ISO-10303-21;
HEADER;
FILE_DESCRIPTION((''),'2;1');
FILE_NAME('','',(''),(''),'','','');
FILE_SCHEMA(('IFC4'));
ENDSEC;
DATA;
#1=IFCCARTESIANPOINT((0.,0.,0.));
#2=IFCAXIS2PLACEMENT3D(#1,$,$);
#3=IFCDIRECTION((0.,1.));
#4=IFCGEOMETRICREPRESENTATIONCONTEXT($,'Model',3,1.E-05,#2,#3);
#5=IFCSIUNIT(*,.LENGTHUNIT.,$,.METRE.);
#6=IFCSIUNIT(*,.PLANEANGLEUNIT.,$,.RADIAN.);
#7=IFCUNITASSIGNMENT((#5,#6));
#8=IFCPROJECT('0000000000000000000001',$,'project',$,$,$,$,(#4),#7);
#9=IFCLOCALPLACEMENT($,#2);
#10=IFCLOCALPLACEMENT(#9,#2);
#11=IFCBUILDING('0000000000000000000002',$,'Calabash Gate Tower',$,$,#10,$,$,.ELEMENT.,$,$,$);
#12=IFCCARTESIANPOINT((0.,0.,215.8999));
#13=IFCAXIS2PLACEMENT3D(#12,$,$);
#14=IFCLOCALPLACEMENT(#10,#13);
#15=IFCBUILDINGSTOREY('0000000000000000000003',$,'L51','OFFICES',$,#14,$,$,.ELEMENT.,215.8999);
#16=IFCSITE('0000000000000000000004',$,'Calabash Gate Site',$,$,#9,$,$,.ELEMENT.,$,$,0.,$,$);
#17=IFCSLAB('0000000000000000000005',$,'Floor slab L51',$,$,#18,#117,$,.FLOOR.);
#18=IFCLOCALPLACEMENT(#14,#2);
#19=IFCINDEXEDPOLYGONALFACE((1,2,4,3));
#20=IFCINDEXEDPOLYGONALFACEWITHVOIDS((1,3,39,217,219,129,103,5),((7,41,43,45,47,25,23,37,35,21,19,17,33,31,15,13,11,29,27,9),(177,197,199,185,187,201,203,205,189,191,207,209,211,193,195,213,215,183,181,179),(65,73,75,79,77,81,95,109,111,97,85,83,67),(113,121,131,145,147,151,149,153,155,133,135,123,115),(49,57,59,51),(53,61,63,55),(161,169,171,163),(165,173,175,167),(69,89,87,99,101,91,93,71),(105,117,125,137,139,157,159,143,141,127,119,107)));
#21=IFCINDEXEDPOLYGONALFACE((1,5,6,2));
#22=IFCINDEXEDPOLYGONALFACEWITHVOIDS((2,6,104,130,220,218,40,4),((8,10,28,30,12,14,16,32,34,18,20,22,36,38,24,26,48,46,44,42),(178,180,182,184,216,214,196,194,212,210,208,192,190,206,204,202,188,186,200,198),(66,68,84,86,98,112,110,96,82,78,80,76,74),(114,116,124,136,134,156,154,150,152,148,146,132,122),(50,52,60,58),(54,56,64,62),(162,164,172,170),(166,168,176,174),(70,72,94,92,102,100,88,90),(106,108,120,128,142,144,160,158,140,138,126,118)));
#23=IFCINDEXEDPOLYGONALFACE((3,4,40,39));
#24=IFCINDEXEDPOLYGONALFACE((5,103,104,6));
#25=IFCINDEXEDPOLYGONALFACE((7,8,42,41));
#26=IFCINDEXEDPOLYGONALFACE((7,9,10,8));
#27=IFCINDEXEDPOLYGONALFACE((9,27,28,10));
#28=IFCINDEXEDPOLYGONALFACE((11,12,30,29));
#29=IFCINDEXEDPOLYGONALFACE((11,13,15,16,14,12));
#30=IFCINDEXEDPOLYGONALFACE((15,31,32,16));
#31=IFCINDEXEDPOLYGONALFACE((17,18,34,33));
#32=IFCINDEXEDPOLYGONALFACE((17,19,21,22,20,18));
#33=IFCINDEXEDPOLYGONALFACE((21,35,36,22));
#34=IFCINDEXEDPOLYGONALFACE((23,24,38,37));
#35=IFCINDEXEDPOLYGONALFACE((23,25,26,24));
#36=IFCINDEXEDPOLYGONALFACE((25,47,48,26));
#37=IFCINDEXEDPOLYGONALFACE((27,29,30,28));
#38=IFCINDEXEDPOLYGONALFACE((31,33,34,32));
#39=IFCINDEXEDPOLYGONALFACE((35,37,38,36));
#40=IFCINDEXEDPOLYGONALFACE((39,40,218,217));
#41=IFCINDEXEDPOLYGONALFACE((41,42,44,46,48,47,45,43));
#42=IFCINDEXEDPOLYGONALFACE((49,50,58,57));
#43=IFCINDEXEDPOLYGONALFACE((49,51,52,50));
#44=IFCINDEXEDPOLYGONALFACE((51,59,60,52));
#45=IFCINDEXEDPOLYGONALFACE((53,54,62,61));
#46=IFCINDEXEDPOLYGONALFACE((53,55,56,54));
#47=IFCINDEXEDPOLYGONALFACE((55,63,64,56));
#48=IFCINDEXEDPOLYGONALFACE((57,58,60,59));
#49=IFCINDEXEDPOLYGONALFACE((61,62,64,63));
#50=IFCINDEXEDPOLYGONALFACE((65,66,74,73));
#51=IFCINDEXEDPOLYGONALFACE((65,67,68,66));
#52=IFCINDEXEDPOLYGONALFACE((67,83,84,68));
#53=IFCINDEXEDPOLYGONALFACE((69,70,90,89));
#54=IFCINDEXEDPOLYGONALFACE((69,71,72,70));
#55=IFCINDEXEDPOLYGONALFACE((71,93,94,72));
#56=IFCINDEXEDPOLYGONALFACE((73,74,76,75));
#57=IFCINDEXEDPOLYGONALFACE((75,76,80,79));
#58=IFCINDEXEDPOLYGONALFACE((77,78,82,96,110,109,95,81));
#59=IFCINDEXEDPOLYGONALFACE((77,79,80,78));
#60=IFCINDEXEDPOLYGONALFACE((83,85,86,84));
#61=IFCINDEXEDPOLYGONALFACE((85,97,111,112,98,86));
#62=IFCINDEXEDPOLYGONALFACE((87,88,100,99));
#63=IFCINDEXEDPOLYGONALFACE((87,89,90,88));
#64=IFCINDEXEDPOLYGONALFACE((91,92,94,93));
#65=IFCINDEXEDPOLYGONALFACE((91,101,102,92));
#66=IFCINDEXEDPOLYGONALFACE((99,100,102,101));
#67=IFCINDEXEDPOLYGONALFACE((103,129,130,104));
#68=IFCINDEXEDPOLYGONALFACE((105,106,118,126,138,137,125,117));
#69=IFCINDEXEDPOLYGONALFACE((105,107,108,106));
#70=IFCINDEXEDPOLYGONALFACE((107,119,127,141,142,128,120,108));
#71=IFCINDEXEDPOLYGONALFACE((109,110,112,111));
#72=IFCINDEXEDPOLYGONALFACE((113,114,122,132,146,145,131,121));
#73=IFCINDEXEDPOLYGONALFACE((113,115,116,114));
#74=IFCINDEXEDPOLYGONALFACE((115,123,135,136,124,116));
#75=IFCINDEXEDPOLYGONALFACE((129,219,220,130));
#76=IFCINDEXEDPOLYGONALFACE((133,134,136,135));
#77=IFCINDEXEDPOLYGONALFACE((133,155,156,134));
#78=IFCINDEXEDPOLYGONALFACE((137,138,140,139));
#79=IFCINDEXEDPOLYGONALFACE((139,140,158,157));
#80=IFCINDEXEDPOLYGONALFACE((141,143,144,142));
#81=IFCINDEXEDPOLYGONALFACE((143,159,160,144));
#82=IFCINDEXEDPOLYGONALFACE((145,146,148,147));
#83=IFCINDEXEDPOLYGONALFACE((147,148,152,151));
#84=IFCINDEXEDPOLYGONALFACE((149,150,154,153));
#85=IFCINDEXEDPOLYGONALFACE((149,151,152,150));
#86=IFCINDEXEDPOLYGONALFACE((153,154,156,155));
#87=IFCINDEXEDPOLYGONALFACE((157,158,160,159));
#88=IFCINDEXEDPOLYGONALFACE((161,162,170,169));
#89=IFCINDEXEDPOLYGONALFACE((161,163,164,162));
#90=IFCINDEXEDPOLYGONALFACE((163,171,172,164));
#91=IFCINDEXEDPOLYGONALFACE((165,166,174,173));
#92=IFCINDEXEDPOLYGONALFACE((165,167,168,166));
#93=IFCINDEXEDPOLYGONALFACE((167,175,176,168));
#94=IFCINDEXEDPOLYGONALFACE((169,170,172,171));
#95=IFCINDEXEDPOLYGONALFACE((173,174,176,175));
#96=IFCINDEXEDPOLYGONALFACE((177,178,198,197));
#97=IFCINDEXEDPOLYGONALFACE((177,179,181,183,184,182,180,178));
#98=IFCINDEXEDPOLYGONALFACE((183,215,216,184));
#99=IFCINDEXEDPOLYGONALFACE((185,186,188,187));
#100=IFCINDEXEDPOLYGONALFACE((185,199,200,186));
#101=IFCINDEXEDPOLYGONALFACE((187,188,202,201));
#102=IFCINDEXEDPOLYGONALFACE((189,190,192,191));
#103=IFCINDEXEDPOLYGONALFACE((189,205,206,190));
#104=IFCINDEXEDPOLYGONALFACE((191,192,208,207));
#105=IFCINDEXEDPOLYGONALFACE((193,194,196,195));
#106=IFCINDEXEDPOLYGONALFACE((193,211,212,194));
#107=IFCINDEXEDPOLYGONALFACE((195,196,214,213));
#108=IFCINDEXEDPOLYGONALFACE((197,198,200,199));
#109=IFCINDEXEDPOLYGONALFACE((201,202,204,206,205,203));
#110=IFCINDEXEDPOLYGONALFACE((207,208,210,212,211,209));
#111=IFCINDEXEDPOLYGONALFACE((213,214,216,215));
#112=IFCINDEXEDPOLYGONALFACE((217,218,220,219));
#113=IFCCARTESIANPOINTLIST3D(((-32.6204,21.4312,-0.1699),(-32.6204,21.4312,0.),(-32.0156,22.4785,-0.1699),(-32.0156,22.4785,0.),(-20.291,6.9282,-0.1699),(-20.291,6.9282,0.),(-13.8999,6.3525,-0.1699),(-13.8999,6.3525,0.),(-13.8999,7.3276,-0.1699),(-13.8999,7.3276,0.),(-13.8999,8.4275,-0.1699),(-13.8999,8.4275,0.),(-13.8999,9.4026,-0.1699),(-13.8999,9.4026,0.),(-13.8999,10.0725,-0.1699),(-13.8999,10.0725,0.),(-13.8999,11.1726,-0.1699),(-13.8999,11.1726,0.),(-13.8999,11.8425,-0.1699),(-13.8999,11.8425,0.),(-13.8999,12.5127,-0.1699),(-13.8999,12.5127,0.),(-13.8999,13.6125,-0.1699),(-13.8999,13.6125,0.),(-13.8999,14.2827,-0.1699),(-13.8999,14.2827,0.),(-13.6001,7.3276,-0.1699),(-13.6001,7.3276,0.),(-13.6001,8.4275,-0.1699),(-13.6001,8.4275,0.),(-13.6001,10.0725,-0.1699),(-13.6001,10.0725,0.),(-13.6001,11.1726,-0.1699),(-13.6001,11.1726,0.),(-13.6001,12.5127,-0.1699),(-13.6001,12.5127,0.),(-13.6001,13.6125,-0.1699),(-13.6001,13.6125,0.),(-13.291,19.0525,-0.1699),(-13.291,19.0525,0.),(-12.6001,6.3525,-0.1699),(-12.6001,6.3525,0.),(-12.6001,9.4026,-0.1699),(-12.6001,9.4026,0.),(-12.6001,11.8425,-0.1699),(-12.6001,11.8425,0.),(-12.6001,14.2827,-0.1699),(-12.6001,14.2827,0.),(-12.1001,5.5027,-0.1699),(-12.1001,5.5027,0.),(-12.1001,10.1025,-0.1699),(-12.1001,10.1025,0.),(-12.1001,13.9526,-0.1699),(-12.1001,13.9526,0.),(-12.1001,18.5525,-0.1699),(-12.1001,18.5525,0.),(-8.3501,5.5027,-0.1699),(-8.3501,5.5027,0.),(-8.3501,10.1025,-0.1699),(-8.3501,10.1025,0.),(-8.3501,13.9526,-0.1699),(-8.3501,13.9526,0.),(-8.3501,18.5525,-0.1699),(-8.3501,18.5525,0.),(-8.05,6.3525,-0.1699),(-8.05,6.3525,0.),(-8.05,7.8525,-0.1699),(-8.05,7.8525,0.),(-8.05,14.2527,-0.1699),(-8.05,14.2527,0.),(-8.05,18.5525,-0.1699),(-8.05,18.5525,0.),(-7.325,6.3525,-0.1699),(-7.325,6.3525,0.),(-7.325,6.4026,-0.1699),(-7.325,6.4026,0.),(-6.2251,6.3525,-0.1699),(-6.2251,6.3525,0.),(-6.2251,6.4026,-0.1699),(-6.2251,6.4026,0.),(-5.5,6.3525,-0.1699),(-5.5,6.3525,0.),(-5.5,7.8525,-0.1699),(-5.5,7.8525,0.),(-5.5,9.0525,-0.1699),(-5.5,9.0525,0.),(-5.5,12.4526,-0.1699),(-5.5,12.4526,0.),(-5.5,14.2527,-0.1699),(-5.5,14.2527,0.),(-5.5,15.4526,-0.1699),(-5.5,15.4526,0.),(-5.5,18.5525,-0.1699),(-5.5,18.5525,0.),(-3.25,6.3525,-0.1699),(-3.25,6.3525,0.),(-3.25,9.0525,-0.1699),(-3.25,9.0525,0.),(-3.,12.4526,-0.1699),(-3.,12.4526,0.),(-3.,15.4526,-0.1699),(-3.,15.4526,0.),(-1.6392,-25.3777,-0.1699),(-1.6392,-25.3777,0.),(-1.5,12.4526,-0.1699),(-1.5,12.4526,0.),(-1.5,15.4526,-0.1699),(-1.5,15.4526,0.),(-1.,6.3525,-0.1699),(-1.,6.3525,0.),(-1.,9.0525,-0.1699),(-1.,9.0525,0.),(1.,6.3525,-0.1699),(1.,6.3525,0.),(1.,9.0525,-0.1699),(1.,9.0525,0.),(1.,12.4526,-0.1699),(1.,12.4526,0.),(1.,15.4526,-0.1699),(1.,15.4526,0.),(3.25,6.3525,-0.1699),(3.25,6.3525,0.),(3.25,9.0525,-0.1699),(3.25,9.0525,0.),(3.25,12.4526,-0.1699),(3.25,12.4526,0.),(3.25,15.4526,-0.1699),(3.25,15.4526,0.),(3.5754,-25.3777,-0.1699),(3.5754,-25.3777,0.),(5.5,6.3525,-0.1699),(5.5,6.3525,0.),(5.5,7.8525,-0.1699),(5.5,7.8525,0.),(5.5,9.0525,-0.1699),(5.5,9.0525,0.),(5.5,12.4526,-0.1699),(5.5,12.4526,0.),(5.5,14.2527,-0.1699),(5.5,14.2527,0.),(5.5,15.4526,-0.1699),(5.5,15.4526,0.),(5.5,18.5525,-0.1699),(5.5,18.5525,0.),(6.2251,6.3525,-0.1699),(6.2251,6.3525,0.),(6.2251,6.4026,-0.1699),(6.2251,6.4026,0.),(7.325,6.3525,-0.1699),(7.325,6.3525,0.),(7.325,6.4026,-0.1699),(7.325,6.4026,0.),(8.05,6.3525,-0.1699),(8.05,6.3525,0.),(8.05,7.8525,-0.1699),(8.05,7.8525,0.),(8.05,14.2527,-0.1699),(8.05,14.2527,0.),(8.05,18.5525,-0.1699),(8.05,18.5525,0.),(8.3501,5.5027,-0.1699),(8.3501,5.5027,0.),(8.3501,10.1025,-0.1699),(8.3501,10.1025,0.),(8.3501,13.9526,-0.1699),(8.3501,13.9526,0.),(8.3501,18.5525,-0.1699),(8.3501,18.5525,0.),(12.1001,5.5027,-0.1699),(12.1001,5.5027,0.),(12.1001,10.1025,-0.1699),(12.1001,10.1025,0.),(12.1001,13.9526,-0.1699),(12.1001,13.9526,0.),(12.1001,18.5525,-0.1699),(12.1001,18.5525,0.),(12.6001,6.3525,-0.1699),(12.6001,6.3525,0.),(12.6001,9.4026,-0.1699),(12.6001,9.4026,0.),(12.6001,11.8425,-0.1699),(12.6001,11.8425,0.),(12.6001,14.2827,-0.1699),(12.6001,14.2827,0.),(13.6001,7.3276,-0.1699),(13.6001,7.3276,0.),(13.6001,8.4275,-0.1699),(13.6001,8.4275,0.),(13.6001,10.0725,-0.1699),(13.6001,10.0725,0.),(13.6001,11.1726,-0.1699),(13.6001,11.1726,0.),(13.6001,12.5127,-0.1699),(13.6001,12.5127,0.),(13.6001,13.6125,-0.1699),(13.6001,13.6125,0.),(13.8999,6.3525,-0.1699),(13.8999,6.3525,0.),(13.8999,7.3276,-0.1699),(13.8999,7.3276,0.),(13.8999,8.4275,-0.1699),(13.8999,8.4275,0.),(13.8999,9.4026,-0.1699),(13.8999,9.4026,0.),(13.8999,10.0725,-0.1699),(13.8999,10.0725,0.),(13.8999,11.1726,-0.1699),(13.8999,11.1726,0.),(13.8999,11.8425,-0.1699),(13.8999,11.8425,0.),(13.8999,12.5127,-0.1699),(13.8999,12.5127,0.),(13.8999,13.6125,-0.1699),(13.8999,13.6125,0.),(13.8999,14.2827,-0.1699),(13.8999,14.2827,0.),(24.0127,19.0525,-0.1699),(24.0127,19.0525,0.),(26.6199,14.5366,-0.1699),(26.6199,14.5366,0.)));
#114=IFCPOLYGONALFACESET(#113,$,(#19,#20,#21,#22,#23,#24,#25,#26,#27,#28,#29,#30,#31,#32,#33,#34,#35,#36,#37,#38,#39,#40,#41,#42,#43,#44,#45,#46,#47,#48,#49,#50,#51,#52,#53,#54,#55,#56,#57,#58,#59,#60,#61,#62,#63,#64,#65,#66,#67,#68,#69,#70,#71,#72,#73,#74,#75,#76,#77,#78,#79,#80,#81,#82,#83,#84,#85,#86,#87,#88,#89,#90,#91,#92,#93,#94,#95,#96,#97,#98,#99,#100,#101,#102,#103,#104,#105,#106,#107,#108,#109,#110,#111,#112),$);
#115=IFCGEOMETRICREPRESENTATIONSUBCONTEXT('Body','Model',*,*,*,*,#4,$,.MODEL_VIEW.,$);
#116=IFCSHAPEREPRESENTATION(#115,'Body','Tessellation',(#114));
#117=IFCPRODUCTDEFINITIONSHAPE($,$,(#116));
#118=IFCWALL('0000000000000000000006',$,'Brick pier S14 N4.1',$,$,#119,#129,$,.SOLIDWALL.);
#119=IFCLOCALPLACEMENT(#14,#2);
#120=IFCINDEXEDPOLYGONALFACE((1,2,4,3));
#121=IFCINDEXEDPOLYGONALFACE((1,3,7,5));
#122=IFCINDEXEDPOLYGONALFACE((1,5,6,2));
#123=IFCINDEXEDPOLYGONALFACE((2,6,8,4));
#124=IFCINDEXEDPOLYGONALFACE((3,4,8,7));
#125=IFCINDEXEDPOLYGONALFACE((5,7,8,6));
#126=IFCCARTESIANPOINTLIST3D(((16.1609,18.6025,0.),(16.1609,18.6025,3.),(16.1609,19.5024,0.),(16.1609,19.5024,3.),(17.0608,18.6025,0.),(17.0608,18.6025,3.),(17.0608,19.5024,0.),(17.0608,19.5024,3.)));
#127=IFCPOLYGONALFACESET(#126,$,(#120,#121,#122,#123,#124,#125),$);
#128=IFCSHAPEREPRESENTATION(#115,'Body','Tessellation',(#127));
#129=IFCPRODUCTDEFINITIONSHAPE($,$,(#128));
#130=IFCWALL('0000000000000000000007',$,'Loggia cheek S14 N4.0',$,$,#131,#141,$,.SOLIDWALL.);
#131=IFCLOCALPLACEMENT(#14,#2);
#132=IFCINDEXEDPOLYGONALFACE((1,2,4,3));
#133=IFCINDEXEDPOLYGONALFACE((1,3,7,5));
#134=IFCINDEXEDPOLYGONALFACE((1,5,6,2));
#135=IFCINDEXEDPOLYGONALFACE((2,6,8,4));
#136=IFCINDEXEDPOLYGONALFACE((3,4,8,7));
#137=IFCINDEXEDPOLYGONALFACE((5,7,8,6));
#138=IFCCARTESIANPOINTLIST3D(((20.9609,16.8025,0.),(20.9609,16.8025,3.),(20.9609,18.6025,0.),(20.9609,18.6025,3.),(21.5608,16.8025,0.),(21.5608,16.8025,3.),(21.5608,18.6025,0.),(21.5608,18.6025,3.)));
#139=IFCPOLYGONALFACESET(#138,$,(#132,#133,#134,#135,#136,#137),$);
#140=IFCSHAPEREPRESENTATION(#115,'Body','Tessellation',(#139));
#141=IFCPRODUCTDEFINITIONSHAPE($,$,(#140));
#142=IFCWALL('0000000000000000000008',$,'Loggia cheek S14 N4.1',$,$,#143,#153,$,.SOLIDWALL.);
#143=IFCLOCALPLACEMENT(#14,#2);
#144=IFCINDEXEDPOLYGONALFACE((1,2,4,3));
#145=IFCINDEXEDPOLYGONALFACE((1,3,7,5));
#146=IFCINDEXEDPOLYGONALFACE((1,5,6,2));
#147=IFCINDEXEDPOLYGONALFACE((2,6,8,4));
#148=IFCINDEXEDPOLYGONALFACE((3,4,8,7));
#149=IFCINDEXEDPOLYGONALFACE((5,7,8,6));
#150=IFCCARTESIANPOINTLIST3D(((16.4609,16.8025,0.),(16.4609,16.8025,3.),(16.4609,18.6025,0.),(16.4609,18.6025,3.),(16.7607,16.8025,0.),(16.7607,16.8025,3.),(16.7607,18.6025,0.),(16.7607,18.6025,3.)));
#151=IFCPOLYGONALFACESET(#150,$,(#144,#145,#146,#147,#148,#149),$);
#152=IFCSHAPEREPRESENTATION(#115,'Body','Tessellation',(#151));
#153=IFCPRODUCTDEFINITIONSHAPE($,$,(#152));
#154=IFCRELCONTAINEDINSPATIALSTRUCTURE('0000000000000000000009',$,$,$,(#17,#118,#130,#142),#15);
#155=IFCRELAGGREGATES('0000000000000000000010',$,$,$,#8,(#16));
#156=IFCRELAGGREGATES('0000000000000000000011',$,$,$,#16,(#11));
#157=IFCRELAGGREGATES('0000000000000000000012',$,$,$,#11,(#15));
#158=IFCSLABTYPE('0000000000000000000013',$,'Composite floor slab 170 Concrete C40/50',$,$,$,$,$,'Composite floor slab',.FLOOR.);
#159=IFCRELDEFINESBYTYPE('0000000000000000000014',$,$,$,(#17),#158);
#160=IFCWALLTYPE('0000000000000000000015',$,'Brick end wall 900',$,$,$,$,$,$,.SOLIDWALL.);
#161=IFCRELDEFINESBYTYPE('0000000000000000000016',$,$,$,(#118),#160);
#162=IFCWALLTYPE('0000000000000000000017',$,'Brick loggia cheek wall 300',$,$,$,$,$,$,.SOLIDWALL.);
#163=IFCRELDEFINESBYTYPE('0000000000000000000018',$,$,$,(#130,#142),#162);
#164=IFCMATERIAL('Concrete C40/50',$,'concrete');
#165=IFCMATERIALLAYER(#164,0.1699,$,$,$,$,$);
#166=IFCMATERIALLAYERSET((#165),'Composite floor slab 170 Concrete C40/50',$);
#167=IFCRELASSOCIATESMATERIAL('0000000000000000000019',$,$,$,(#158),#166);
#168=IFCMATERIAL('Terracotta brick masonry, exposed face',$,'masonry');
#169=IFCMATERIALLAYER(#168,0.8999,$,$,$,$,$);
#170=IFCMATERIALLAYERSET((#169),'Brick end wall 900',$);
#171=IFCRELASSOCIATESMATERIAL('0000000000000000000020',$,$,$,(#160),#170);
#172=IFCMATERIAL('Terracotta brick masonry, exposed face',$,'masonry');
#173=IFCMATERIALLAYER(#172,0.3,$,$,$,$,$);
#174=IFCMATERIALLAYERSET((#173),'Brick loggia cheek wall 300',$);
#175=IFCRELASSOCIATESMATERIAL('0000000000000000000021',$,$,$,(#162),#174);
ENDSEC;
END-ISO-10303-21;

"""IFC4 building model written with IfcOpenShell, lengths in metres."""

from ifc_helpers import new_model, si_unit, direction, frame, origin, place, context, subcontext, project, spatial, polyline, outline, extrude, material, layer, layer_set, type_object, element, save


model = new_model("IFC4")

# Units and contexts
model_context = context("Model", 3, precision=1e-05, world=origin(), true_north=direction((0.0, 1.0)))
body_context = subcontext(model_context, "Body", "Model", "MODEL_VIEW")
ifc_project = project(units=[si_unit("LENGTHUNIT", "METRE"), si_unit("PLANEANGLEUNIT", "RADIAN")], contexts=[model_context])

# Site, building, storey
site_placement = place(None, origin())
site = spatial("IfcSite", under=ifc_project, at=site_placement, Name="Calabash Gate Site", CompositionType="ELEMENT", RefElevation=0.0)
building_placement = place(site_placement, origin())
building = spatial("IfcBuilding", under=site, at=building_placement, Name="Calabash Gate Tower", CompositionType="ELEMENT")
storey_placement = place(building_placement, frame((0.0, 0.0, 215.8999)))
storey = spatial("IfcBuildingStorey", under=building, at=storey_placement, Name="L51", Description="OFFICES", CompositionType="ELEMENT", Elevation=215.8999)

# Slab
ifc_material_1 = material(Name="Concrete C40/50", Category="concrete")
ifc_layer_1 = layer(ifc_material_1, 0.1699)
ifc_layer_set_1 = layer_set([ifc_layer_1], Name="Composite floor slab 170 Concrete C40/50")
slab_type = type_object("IfcSlabType", Name="Composite floor slab 170 Concrete C40/50", ElementType="Composite floor slab", PredefinedType="FLOOR", material=ifc_layer_set_1)
slab_placement = place(storey_placement, frame((0.0, 0.0, -0.1699)))
element("IfcSlab", 1, at=slab_placement, inside=storey, type_object=slab_type, Name="Floor slab L51", PredefinedType="FLOOR", context=body_context, shape_type="SweptSolid", body=[
    extrude(outline(polyline([(3.5754, -25.3777), (-1.6392, -25.3777), (-20.291, 6.9282), (-32.6204, 21.4312), (-32.0156, 22.4785), (-13.291, 19.0525), (24.0127, 19.0525), (26.6199, 14.5366), (3.5754, -25.3777)]), holes=[polyline([(-7.325, 6.3525), (-7.325, 6.4026), (-6.2251, 6.4026), (-6.2251, 6.3525), (-5.5, 6.3525), (-3.25, 6.3525), (-1.0, 6.3525), (-1.0, 9.0525), (-3.25, 9.0525), (-5.5, 9.0525), (-5.5, 7.8525), (-8.05, 7.8525), (-8.05, 6.3525), (-7.325, 6.3525)]), polyline([(8.05, 6.3525), (8.05, 7.8525), (5.5, 7.8525), (5.5, 9.0525), (3.25, 9.0525), (1.0, 9.0525), (1.0, 6.3525), (3.25, 6.3525), (5.5, 6.3525), (6.2251, 6.3525), (6.2251, 6.4026), (7.325, 6.4026), (7.325, 6.3525), (8.05, 6.3525)]), polyline([(-8.05, 18.5525), (-8.05, 14.2527), (-5.5, 14.2527), (-5.5, 12.4526), (-3.0, 12.4526), (-3.0, 15.4526), (-5.5, 15.4526), (-5.5, 18.5525), (-8.05, 18.5525)]), polyline([(5.5, 14.2527), (8.05, 14.2527), (8.05, 18.5525), (5.5, 18.5525), (5.5, 15.4526), (3.25, 15.4526), (1.0, 15.4526), (-1.5, 15.4526), (-1.5, 12.4526), (1.0, 12.4526), (3.25, 12.4526), (5.5, 12.4526), (5.5, 14.2527)]), polyline([(-12.1001, 13.9526), (-8.3501, 13.9526), (-8.3501, 18.5525), (-12.1001, 18.5525), (-12.1001, 13.9526)]), polyline([(-8.3501, 5.5027), (-8.3501, 10.1025), (-12.1001, 10.1025), (-12.1001, 5.5027), (-8.3501, 5.5027)]), polyline([(12.1001, 18.5525), (8.3501, 18.5525), (8.3501, 13.9526), (12.1001, 13.9526), (12.1001, 18.5525)]), polyline([(8.3501, 10.1025), (8.3501, 5.5027), (12.1001, 5.5027), (12.1001, 10.1025), (8.3501, 10.1025)]), polyline([(-13.8999, 6.3525), (-12.6001, 6.3525), (-12.6001, 9.4026), (-12.6001, 11.8425), (-12.6001, 14.2827), (-13.8999, 14.2827), (-13.8999, 13.6125), (-13.6001, 13.6125), (-13.6001, 12.5127), (-13.8999, 12.5127), (-13.8999, 11.8425), (-13.8999, 11.1726), (-13.6001, 11.1726), (-13.6001, 10.0725), (-13.8999, 10.0725), (-13.8999, 9.4026), (-13.8999, 8.4275), (-13.6001, 8.4275), (-13.6001, 7.3276), (-13.8999, 7.3276), (-13.8999, 6.3525)]), polyline([(13.6001, 7.3276), (13.6001, 8.4275), (13.8999, 8.4275), (13.8999, 9.4026), (13.8999, 10.0725), (13.6001, 10.0725), (13.6001, 11.1726), (13.8999, 11.1726), (13.8999, 11.8425), (13.8999, 12.5127), (13.6001, 12.5127), (13.6001, 13.6125), (13.8999, 13.6125), (13.8999, 14.2827), (12.6001, 14.2827), (12.6001, 11.8425), (12.6001, 9.4026), (12.6001, 6.3525), (13.8999, 6.3525), (13.8999, 7.3276), (13.6001, 7.3276)])]), origin(), (0.0, 0.0, 1.0), 0.1699),
])

# Walls
ifc_material_2 = material(Name="Terracotta brick masonry, exposed face", Category="masonry")
ifc_layer_2 = layer(ifc_material_2, 0.8999)
ifc_layer_set_2 = layer_set([ifc_layer_2], Name="Brick end wall 900")
wall_type_1 = type_object("IfcWallType", Name="Brick end wall 900", PredefinedType="SOLIDWALL", material=ifc_layer_set_2)
wall_1_placement = place(storey_placement, origin())
element("IfcWall", 2, at=wall_1_placement, inside=storey, type_object=wall_type_1, Name="Brick pier S14 N4.1", PredefinedType="SOLIDWALL", context=body_context, shape_type="SweptSolid", body=[
    extrude(outline(polyline([(17.0608, 19.5024), (16.1609, 19.5024), (16.1609, 18.6025), (17.0608, 18.6025), (17.0608, 19.5024)])), origin(), (0.0, 0.0, 1.0), 3.0),
])
ifc_material_3 = material(Name="Terracotta brick masonry, exposed face", Category="masonry")
ifc_layer_3 = layer(ifc_material_3, 0.3)
ifc_layer_set_3 = layer_set([ifc_layer_3], Name="Brick loggia cheek wall 300")
wall_type_2 = type_object("IfcWallType", Name="Brick loggia cheek wall 300", PredefinedType="SOLIDWALL", material=ifc_layer_set_3)
wall_2_placement = place(storey_placement, origin())
element("IfcWall", 3, at=wall_2_placement, inside=storey, type_object=wall_type_2, Name="Loggia cheek S14 N4.0", PredefinedType="SOLIDWALL", context=body_context, shape_type="SweptSolid", body=[
    extrude(outline(polyline([(21.5608, 16.8025), (21.5608, 18.6025), (20.9609, 18.6025), (20.9609, 16.8025), (21.5608, 16.8025)])), origin(), (0.0, 0.0, 1.0), 3.0),
])
wall_3_placement = place(storey_placement, origin())
element("IfcWall", 4, at=wall_3_placement, inside=storey, type_object=wall_type_2, Name="Loggia cheek S14 N4.1", PredefinedType="SOLIDWALL", context=body_context, shape_type="SweptSolid", body=[
    extrude(outline(polyline([(16.4609, 18.6025), (16.4609, 16.8025), (16.7607, 16.8025), (16.7607, 18.6025), (16.4609, 18.6025)])), origin(), (0.0, 0.0, 1.0), 3.0),
])

save(model, "model.ifc")
